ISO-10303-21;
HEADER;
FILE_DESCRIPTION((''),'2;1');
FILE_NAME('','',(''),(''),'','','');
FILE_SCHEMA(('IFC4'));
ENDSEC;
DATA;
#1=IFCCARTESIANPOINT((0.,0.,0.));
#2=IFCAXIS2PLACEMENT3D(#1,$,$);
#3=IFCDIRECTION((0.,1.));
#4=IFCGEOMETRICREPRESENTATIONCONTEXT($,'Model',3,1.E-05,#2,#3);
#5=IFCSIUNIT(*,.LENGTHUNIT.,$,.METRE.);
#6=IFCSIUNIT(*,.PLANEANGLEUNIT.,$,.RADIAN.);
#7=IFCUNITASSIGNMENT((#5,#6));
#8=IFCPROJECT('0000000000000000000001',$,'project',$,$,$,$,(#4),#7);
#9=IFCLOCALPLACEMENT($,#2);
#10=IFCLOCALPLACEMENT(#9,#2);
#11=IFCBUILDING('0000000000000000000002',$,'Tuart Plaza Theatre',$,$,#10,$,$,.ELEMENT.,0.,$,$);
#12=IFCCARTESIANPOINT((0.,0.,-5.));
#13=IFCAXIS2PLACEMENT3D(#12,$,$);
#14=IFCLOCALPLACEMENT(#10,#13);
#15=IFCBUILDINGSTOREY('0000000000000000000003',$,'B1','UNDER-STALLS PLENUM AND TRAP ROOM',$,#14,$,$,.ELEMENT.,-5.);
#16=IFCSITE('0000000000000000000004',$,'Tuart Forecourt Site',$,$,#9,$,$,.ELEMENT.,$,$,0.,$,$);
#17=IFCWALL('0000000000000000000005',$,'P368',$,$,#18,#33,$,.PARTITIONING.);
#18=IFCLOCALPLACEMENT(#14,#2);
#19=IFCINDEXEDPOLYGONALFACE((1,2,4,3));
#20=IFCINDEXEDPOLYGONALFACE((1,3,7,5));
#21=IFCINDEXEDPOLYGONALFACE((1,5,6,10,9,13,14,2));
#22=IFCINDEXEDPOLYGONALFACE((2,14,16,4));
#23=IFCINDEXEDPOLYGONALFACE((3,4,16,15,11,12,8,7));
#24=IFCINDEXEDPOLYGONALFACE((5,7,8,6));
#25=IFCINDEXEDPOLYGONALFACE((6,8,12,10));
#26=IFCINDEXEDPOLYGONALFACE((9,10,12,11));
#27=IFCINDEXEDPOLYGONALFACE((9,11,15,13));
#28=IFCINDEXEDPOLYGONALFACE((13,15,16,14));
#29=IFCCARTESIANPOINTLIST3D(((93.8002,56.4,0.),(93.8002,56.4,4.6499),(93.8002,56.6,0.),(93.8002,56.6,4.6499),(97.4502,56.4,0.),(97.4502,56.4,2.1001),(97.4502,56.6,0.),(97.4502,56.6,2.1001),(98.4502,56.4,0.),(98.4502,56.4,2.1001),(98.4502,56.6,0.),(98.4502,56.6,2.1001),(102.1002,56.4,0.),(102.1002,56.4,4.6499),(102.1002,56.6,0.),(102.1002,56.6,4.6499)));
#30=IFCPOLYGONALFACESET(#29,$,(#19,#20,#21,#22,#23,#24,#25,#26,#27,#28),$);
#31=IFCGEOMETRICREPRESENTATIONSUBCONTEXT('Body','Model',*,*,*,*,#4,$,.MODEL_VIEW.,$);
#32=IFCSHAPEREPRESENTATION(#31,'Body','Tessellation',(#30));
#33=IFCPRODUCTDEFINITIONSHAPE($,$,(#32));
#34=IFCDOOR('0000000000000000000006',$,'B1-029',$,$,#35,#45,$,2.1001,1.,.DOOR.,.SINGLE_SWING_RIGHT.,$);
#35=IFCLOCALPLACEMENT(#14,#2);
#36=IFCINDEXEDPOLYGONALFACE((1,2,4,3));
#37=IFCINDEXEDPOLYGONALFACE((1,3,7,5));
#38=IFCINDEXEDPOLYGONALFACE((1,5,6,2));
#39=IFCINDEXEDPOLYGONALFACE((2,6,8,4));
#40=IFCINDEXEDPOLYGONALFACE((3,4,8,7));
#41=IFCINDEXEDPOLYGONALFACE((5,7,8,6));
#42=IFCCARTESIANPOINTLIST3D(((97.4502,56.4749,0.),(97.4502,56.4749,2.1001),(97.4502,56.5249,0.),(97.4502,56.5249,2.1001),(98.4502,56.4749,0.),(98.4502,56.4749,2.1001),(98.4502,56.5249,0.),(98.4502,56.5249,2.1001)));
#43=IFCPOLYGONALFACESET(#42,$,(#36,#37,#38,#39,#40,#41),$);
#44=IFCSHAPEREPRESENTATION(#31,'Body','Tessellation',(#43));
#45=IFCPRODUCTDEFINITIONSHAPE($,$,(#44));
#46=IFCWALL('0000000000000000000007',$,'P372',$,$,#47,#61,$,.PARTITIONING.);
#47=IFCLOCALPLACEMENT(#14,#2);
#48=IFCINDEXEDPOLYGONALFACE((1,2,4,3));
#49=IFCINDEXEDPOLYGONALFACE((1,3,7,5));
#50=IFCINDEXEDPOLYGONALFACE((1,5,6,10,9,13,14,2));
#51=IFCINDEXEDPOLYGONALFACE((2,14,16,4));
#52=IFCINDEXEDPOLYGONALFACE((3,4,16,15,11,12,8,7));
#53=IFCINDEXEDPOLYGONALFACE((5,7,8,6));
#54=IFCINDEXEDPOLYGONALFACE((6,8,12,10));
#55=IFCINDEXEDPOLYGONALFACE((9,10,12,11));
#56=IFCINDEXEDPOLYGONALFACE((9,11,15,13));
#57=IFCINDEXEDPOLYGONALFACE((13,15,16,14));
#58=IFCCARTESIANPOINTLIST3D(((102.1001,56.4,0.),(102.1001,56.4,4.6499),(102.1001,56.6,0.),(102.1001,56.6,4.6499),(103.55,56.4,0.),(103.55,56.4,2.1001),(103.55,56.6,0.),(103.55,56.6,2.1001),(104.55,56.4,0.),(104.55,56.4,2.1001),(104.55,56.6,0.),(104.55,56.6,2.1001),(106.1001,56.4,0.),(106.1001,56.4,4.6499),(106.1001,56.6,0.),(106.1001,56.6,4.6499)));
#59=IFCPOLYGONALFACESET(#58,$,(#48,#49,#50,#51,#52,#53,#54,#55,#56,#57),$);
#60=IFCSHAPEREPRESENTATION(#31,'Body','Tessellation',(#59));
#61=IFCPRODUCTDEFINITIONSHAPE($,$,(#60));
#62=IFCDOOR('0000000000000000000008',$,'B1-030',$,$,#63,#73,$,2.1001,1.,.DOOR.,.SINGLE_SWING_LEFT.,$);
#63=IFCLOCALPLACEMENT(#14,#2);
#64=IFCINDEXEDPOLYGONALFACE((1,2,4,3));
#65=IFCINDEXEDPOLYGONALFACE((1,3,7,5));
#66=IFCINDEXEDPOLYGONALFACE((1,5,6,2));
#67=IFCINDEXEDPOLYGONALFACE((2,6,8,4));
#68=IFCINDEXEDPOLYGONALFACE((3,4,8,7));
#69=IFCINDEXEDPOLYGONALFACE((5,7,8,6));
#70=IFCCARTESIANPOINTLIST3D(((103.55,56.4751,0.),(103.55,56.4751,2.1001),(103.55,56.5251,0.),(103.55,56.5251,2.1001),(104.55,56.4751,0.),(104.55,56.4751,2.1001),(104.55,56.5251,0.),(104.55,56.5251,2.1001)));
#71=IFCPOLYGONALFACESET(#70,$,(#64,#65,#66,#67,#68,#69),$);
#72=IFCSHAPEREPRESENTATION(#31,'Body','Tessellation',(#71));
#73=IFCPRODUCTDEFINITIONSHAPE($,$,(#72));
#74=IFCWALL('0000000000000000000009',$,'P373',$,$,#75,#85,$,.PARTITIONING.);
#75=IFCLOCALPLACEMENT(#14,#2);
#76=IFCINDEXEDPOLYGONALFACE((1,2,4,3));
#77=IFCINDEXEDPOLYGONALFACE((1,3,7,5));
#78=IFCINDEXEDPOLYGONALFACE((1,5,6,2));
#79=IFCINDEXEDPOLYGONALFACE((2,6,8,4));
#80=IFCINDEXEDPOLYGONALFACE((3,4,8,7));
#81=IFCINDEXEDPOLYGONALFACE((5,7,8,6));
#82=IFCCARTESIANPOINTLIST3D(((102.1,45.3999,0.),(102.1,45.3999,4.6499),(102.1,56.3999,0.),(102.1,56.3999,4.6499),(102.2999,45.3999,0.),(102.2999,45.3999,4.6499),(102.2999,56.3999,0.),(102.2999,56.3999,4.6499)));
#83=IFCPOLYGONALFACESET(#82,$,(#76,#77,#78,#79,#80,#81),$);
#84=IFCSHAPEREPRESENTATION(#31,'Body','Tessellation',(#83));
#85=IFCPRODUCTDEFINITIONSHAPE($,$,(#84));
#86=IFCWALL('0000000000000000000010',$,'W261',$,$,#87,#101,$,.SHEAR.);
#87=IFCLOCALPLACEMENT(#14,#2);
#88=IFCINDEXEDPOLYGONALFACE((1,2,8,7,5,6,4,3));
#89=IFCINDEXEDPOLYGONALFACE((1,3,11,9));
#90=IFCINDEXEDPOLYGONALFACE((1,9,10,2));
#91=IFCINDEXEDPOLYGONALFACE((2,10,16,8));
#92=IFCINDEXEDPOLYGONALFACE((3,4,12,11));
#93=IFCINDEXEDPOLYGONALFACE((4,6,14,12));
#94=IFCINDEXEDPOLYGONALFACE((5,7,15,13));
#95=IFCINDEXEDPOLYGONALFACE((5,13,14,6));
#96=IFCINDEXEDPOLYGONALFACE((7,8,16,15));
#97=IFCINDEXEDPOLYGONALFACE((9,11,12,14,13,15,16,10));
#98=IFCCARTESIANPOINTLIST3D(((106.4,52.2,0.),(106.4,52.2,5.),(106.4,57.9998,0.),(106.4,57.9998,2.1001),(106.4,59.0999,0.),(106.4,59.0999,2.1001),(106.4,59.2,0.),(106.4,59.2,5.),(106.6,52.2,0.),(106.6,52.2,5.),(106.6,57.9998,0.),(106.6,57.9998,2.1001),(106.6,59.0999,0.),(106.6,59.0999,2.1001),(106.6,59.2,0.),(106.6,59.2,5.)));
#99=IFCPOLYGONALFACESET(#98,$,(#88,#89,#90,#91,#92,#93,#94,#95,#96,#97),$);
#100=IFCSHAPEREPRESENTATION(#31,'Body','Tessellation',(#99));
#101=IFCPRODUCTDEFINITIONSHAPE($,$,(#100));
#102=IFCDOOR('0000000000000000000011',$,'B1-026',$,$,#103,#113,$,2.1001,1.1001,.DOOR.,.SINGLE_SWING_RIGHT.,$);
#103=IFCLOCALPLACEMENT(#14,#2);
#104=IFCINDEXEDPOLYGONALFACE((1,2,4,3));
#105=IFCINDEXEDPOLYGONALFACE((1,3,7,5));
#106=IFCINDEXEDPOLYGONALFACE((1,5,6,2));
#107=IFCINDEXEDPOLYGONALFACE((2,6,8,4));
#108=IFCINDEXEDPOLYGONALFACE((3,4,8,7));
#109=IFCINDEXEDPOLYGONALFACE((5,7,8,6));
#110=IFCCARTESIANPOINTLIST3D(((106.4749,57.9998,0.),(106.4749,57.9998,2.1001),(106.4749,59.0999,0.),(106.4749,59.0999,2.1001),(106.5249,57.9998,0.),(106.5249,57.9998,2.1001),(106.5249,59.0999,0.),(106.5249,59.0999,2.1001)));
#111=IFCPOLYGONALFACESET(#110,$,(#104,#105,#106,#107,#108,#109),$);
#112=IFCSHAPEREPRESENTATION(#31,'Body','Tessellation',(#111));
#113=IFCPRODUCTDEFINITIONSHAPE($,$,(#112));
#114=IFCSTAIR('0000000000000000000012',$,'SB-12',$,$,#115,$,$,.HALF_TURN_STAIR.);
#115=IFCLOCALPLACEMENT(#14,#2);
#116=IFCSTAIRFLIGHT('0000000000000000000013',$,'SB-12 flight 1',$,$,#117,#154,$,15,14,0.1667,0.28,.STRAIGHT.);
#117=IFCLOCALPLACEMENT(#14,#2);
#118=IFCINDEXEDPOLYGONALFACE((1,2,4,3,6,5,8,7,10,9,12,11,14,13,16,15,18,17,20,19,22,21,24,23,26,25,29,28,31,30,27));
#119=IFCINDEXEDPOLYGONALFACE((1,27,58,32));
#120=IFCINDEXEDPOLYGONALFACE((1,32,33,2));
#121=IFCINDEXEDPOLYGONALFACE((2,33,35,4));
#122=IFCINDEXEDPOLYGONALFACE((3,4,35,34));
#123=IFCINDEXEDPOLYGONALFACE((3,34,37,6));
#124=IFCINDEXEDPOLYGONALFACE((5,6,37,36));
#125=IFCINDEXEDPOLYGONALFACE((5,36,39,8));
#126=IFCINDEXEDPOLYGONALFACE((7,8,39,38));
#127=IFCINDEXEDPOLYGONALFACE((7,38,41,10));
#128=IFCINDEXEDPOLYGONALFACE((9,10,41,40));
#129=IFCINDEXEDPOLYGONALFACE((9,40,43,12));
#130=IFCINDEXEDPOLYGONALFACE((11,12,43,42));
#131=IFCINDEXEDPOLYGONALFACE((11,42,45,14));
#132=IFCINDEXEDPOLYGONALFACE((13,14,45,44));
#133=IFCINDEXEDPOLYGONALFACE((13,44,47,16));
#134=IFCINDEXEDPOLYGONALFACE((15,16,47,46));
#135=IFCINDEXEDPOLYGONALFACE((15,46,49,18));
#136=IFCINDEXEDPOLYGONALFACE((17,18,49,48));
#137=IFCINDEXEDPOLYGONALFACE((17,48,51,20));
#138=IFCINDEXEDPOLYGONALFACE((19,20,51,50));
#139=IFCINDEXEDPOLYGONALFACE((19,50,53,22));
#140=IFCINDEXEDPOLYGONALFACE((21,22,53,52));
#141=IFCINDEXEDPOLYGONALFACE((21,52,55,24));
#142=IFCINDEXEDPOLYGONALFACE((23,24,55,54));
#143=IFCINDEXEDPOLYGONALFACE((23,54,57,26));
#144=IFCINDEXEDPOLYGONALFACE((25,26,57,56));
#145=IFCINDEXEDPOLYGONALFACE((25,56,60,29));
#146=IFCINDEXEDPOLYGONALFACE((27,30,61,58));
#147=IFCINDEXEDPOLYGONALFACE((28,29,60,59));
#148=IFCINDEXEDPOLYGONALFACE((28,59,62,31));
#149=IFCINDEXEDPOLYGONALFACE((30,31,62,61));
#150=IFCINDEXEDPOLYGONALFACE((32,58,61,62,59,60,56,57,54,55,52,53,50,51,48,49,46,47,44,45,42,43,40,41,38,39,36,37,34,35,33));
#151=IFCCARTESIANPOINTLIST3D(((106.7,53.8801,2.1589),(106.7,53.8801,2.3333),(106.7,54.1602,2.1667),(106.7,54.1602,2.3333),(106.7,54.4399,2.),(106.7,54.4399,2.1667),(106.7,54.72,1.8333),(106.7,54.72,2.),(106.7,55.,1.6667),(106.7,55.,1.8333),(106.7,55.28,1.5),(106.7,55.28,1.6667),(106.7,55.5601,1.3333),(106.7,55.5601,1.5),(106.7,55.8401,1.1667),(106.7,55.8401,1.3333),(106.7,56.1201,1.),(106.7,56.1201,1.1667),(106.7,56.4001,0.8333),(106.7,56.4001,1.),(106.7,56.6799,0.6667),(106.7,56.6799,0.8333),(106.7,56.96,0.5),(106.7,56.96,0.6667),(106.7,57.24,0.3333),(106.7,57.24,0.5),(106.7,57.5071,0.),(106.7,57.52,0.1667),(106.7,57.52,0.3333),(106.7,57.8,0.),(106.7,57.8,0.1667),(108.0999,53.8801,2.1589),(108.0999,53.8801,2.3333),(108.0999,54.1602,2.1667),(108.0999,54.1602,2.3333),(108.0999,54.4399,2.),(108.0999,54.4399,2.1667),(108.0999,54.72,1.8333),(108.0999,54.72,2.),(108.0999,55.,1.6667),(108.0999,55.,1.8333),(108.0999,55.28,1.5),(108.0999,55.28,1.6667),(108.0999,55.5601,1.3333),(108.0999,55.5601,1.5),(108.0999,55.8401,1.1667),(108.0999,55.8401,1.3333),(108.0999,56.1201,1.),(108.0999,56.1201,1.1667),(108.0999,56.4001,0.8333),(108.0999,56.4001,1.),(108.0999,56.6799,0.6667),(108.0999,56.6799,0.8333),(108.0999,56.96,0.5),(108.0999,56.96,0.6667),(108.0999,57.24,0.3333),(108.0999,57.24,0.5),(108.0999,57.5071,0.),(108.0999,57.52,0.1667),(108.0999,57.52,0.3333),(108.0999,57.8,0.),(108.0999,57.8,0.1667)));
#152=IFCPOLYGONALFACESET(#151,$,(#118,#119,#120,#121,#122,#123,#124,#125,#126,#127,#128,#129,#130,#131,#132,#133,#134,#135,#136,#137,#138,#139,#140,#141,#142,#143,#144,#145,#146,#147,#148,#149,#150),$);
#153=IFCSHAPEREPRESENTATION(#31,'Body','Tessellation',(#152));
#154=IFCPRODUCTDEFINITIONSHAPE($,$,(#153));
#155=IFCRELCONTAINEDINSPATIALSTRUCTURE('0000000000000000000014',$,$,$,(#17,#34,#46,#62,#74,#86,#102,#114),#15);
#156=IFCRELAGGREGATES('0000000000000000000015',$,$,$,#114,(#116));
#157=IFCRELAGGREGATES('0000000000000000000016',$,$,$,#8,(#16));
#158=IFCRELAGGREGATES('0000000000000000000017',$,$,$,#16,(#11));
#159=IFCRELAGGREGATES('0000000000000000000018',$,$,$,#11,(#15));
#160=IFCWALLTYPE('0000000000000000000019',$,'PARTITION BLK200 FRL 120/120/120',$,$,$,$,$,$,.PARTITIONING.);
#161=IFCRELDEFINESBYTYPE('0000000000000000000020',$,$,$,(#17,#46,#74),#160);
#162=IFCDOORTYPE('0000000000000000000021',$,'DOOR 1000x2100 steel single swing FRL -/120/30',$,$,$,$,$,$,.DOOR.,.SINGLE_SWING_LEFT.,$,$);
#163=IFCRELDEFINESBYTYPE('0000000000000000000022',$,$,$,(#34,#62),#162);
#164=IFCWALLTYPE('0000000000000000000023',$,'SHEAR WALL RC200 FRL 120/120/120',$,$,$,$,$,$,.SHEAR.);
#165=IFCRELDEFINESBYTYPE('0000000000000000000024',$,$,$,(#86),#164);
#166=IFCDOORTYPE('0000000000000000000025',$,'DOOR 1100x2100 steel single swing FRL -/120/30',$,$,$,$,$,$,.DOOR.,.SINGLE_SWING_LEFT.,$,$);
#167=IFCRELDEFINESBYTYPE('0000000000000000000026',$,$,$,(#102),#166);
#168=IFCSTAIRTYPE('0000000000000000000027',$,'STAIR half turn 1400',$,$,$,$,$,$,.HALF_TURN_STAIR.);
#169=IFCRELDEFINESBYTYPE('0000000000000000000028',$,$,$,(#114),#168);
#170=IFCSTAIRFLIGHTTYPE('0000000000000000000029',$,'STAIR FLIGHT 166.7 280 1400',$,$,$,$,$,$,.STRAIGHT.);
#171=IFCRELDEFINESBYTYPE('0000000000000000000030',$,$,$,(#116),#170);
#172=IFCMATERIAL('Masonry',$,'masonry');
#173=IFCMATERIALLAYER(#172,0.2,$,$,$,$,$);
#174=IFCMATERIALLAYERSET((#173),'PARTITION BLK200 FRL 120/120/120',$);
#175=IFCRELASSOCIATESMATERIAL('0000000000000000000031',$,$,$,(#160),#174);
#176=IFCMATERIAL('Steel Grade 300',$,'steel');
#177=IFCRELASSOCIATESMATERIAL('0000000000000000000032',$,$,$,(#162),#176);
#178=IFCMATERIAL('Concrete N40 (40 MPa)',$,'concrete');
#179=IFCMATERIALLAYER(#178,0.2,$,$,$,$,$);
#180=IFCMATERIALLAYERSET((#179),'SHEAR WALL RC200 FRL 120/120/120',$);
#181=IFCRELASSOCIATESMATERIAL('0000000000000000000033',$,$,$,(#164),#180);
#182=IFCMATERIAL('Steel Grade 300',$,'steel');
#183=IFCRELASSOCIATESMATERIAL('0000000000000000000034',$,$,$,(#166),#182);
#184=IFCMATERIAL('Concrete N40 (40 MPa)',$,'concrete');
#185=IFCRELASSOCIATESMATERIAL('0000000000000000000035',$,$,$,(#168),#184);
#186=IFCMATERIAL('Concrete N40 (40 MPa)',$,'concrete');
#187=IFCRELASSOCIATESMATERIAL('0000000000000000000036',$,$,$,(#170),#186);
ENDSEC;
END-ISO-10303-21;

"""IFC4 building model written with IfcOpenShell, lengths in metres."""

from ifc_helpers import new_model, si_unit, direction, frame, frame_2d, origin, place, context, subcontext, project, spatial, polyline, rectangle, outline, extrude, material, layer, layer_set, type_object, element, fill, aggregate, save


model = new_model("IFC4")

# Units and contexts
model_context = context("Model", 3, precision=1e-05, world=origin(), true_north=direction((0.0, 1.0)))
body_context = subcontext(model_context, "Body", "Model", "MODEL_VIEW")
ifc_project = project(units=[si_unit("LENGTHUNIT", "METRE"), si_unit("PLANEANGLEUNIT", "RADIAN")], contexts=[model_context])

# Site, building, storey
site_placement = place(None, origin())
site = spatial("IfcSite", under=ifc_project, at=site_placement, Name="Tuart Forecourt Site", CompositionType="ELEMENT", RefElevation=0.0)
building_placement = place(site_placement, origin())
building = spatial("IfcBuilding", under=site, at=building_placement, Name="Tuart Plaza Theatre", CompositionType="ELEMENT", ElevationOfRefHeight=0.0)
storey_placement = place(building_placement, frame((0.0, 0.0, -5.0)))
storey = spatial("IfcBuildingStorey", under=building, at=storey_placement, Name="B1", Description="UNDER-STALLS PLENUM AND TRAP ROOM", CompositionType="ELEMENT", Elevation=-5.0)

# Walls, openings, doors
ifc_material_1 = material(Name="Masonry", Category="masonry")
ifc_layer_1 = layer(ifc_material_1, 0.2)
ifc_layer_set_1 = layer_set([ifc_layer_1], Name="PARTITION BLK200 FRL 120/120/120")
wall_type_1 = type_object("IfcWallType", Name="PARTITION BLK200 FRL 120/120/120", PredefinedType="PARTITIONING", material=ifc_layer_set_1)
ifc_material_2 = material(Name="Steel Grade 300", Category="steel")
door_type_1 = type_object("IfcDoorType", Name="DOOR 1000x2100 steel single swing FRL -/120/30", OperationType="SINGLE_SWING_LEFT", PredefinedType="DOOR", material=ifc_material_2)
wall_1_placement = place(storey_placement, frame((102.1001, 56.5, 0.0), z_axis=(0.0, 0.0, 1.0), x_axis=(-1.0, 0.0, 0.0)))
wall_1 = element("IfcWall", 1, at=wall_1_placement, inside=storey, type_object=wall_type_1, Name="P368", PredefinedType="PARTITIONING", context=body_context, shape_type="SweptSolid", body=[
    extrude(rectangle(XDim=8.3, YDim=0.2, at=frame_2d((4.1499, 0.0))), origin(), (0.0, 0.0, 1.0), 4.6499),
])
opening_1_placement = place(wall_1_placement, frame((3.6499, 0.0, 0.0)))
opening_1 = element("IfcOpeningElement", 2, at=opening_1_placement, cuts=wall_1, PredefinedType="OPENING", context=body_context, shape_type="SweptSolid", body=[
    extrude(rectangle(XDim=1.0, YDim=2.1001, at=frame_2d((0.5, 1.05))), frame((0.0, 0.1099, 0.0), z_axis=(0.0, -1.0, 0.0), x_axis=(1.0, 0.0, 0.0)), (0.0, 0.0, 1.0), 0.22),
])
door_1_placement = place(opening_1_placement, frame((1.0, 0.0, 0.0), z_axis=(0.0, 0.0, 1.0), x_axis=(-1.0, 0.0, 0.0)))
door_1 = element("IfcDoor", 3, at=door_1_placement, inside=storey, type_object=door_type_1, Name="B1-029", OperationType="SINGLE_SWING_RIGHT", OverallHeight=2.1001, OverallWidth=1.0, PredefinedType="DOOR", context=body_context, shape_type="SweptSolid", body=[
    extrude(rectangle(XDim=1.0, YDim=2.1001, at=frame_2d((0.5, 1.05))), frame((0.0, 0.0249, 0.0), z_axis=(0.0, -1.0, 0.0), x_axis=(1.0, 0.0, 0.0)), (0.0, 0.0, 1.0), 0.05),
])
fill(opening_1, door_1)
wall_2_placement = place(storey_placement, frame((106.1001, 56.5, 0.0), z_axis=(0.0, 0.0, 1.0), x_axis=(-1.0, 0.0, 0.0)))
wall_2 = element("IfcWall", 4, at=wall_2_placement, inside=storey, type_object=wall_type_1, Name="P372", PredefinedType="PARTITIONING", context=body_context, shape_type="SweptSolid", body=[
    extrude(rectangle(XDim=4.0, YDim=0.2, at=frame_2d((2.0, 0.0))), origin(), (0.0, 0.0, 1.0), 4.6499),
])
opening_2_placement = place(wall_2_placement, frame((1.55, 0.0, 0.0)))
opening_2 = element("IfcOpeningElement", 5, at=opening_2_placement, cuts=wall_2, PredefinedType="OPENING", context=body_context, shape_type="SweptSolid", body=[
    extrude(rectangle(XDim=1.0, YDim=2.1001, at=frame_2d((0.5, 1.05))), frame((0.0, 0.1099, 0.0), z_axis=(0.0, -1.0, 0.0), x_axis=(1.0, 0.0, 0.0)), (0.0, 0.0, 1.0), 0.22),
])
door_2_placement = place(opening_2_placement, origin())
door_2 = element("IfcDoor", 6, at=door_2_placement, inside=storey, type_object=door_type_1, Name="B1-030", OperationType="SINGLE_SWING_LEFT", OverallHeight=2.1001, OverallWidth=1.0, PredefinedType="DOOR", context=body_context, shape_type="SweptSolid", body=[
    extrude(rectangle(XDim=1.0, YDim=2.1001, at=frame_2d((0.5, 1.05))), frame((0.0, 0.0249, 0.0), z_axis=(0.0, -1.0, 0.0), x_axis=(1.0, 0.0, 0.0)), (0.0, 0.0, 1.0), 0.05),
])
fill(opening_2, door_2)

# Wall
wall_3_placement = place(storey_placement, frame((102.2, 56.3999, 0.0), z_axis=(0.0, 0.0, 1.0), x_axis=(0.0, -1.0, 0.0)))
element("IfcWall", 7, at=wall_3_placement, inside=storey, type_object=wall_type_1, Name="P373", PredefinedType="PARTITIONING", context=body_context, shape_type="SweptSolid", body=[
    extrude(rectangle(XDim=11.0, YDim=0.2, at=frame_2d((5.5, 0.0))), origin(), (0.0, 0.0, 1.0), 4.6499),
])

# Wall, opening, door
ifc_material_3 = material(Name="Concrete N40 (40 MPa)", Category="concrete")
ifc_layer_2 = layer(ifc_material_3, 0.2)
ifc_layer_set_2 = layer_set([ifc_layer_2], Name="SHEAR WALL RC200 FRL 120/120/120")
wall_type_2 = type_object("IfcWallType", Name="SHEAR WALL RC200 FRL 120/120/120", PredefinedType="SHEAR", material=ifc_layer_set_2)
wall_4_placement = place(storey_placement, frame((106.5, 59.2, 0.0), z_axis=(0.0, 0.0, 1.0), x_axis=(0.0, -1.0, 0.0)))
wall_4 = element("IfcWall", 8, at=wall_4_placement, inside=storey, type_object=wall_type_2, Name="W261", PredefinedType="SHEAR", context=body_context, shape_type="SweptSolid", body=[
    extrude(rectangle(XDim=7.0, YDim=0.2, at=frame_2d((3.5, 0.0))), origin(), (0.0, 0.0, 1.0), 5.0),
])
opening_3_placement = place(wall_4_placement, frame((0.1001, 0.0, 0.0)))
opening_3 = element("IfcOpeningElement", 9, at=opening_3_placement, cuts=wall_4, PredefinedType="OPENING", context=body_context, shape_type="SweptSolid", body=[
    extrude(rectangle(XDim=1.1001, YDim=2.1001, at=frame_2d((0.55, 1.05))), frame((0.0, 0.1099, 0.0), z_axis=(0.0, -1.0, 0.0), x_axis=(1.0, 0.0, 0.0)), (0.0, 0.0, 1.0), 0.22),
])
ifc_material_4 = material(Name="Steel Grade 300", Category="steel")
door_type_2 = type_object("IfcDoorType", Name="DOOR 1100x2100 steel single swing FRL -/120/30", OperationType="SINGLE_SWING_LEFT", PredefinedType="DOOR", material=ifc_material_4)
door_3_placement = place(opening_3_placement, origin())
door_3 = element("IfcDoor", 10, at=door_3_placement, inside=storey, type_object=door_type_2, Name="B1-026", OperationType="SINGLE_SWING_RIGHT", OverallHeight=2.1001, OverallWidth=1.1001, PredefinedType="DOOR", context=body_context, shape_type="SweptSolid", body=[
    extrude(rectangle(XDim=1.1001, YDim=2.1001, at=frame_2d((0.55, 1.05))), frame((0.0, 0.0249, 0.0), z_axis=(0.0, -1.0, 0.0), x_axis=(1.0, 0.0, 0.0)), (0.0, 0.0, 1.0), 0.05),
])
fill(opening_3, door_3)

# Stair, stair flight
ifc_material_5 = material(Name="Concrete N40 (40 MPa)", Category="concrete")
stair_type = type_object("IfcStairType", Name="STAIR half turn 1400", PredefinedType="HALF_TURN_STAIR", material=ifc_material_5)
stair_placement = place(storey_placement, origin())
stair = element("IfcStair", 11, at=stair_placement, inside=storey, type_object=stair_type, Name="SB-12", PredefinedType="HALF_TURN_STAIR")
ifc_material_6 = material(Name="Concrete N40 (40 MPa)", Category="concrete")
stair_flight_type = type_object("IfcStairFlightType", Name="STAIR FLIGHT 166.7 280 1400", PredefinedType="STRAIGHT", material=ifc_material_6)
stair_flight_placement = place(storey_placement, frame((107.3999, 57.8, 0.0), z_axis=(0.0, 0.0, 1.0), x_axis=(0.0, -1.0, 0.0)))
stair_flight = element("IfcStairFlight", 12, at=stair_flight_placement, type_object=stair_flight_type, Name="SB-12 flight 1", NumberOfRisers=15, NumberOfTreads=14, PredefinedType="STRAIGHT", RiserHeight=0.1667, TreadLength=0.28, context=body_context, shape_type="SweptSolid", body=[
    extrude(outline(polyline([(0.0, 0.0), (0.0, 0.1667), (0.28, 0.1667), (0.28, 0.3333), (0.5601, 0.3333), (0.5601, 0.5), (0.8401, 0.5), (0.8401, 0.6667), (1.1201, 0.6667), (1.1201, 0.8333), (1.3999, 0.8333), (1.3999, 1.0), (1.6799, 1.0), (1.6799, 1.1667), (1.96, 1.1667), (1.96, 1.3333), (2.24, 1.3333), (2.24, 1.5), (2.52, 1.5), (2.52, 1.6667), (2.8, 1.6667), (2.8, 1.8333), (3.0801, 1.8333), (3.0801, 2.0), (3.3601, 2.0), (3.3601, 2.1667), (3.6399, 2.1667), (3.6399, 2.3333), (3.9199, 2.3333), (3.9199, 2.5), (3.9199, 2.1589), (0.293, 0.0), (0.0, 0.0)])), frame((0.0, 0.7, 0.0), z_axis=(0.0, -1.0, 0.0), x_axis=(1.0, 0.0, 0.0)), (0.0, 0.0, 1.0), 1.3999),
])
aggregate(stair, [stair_flight])

save(model, "model.ifc")
